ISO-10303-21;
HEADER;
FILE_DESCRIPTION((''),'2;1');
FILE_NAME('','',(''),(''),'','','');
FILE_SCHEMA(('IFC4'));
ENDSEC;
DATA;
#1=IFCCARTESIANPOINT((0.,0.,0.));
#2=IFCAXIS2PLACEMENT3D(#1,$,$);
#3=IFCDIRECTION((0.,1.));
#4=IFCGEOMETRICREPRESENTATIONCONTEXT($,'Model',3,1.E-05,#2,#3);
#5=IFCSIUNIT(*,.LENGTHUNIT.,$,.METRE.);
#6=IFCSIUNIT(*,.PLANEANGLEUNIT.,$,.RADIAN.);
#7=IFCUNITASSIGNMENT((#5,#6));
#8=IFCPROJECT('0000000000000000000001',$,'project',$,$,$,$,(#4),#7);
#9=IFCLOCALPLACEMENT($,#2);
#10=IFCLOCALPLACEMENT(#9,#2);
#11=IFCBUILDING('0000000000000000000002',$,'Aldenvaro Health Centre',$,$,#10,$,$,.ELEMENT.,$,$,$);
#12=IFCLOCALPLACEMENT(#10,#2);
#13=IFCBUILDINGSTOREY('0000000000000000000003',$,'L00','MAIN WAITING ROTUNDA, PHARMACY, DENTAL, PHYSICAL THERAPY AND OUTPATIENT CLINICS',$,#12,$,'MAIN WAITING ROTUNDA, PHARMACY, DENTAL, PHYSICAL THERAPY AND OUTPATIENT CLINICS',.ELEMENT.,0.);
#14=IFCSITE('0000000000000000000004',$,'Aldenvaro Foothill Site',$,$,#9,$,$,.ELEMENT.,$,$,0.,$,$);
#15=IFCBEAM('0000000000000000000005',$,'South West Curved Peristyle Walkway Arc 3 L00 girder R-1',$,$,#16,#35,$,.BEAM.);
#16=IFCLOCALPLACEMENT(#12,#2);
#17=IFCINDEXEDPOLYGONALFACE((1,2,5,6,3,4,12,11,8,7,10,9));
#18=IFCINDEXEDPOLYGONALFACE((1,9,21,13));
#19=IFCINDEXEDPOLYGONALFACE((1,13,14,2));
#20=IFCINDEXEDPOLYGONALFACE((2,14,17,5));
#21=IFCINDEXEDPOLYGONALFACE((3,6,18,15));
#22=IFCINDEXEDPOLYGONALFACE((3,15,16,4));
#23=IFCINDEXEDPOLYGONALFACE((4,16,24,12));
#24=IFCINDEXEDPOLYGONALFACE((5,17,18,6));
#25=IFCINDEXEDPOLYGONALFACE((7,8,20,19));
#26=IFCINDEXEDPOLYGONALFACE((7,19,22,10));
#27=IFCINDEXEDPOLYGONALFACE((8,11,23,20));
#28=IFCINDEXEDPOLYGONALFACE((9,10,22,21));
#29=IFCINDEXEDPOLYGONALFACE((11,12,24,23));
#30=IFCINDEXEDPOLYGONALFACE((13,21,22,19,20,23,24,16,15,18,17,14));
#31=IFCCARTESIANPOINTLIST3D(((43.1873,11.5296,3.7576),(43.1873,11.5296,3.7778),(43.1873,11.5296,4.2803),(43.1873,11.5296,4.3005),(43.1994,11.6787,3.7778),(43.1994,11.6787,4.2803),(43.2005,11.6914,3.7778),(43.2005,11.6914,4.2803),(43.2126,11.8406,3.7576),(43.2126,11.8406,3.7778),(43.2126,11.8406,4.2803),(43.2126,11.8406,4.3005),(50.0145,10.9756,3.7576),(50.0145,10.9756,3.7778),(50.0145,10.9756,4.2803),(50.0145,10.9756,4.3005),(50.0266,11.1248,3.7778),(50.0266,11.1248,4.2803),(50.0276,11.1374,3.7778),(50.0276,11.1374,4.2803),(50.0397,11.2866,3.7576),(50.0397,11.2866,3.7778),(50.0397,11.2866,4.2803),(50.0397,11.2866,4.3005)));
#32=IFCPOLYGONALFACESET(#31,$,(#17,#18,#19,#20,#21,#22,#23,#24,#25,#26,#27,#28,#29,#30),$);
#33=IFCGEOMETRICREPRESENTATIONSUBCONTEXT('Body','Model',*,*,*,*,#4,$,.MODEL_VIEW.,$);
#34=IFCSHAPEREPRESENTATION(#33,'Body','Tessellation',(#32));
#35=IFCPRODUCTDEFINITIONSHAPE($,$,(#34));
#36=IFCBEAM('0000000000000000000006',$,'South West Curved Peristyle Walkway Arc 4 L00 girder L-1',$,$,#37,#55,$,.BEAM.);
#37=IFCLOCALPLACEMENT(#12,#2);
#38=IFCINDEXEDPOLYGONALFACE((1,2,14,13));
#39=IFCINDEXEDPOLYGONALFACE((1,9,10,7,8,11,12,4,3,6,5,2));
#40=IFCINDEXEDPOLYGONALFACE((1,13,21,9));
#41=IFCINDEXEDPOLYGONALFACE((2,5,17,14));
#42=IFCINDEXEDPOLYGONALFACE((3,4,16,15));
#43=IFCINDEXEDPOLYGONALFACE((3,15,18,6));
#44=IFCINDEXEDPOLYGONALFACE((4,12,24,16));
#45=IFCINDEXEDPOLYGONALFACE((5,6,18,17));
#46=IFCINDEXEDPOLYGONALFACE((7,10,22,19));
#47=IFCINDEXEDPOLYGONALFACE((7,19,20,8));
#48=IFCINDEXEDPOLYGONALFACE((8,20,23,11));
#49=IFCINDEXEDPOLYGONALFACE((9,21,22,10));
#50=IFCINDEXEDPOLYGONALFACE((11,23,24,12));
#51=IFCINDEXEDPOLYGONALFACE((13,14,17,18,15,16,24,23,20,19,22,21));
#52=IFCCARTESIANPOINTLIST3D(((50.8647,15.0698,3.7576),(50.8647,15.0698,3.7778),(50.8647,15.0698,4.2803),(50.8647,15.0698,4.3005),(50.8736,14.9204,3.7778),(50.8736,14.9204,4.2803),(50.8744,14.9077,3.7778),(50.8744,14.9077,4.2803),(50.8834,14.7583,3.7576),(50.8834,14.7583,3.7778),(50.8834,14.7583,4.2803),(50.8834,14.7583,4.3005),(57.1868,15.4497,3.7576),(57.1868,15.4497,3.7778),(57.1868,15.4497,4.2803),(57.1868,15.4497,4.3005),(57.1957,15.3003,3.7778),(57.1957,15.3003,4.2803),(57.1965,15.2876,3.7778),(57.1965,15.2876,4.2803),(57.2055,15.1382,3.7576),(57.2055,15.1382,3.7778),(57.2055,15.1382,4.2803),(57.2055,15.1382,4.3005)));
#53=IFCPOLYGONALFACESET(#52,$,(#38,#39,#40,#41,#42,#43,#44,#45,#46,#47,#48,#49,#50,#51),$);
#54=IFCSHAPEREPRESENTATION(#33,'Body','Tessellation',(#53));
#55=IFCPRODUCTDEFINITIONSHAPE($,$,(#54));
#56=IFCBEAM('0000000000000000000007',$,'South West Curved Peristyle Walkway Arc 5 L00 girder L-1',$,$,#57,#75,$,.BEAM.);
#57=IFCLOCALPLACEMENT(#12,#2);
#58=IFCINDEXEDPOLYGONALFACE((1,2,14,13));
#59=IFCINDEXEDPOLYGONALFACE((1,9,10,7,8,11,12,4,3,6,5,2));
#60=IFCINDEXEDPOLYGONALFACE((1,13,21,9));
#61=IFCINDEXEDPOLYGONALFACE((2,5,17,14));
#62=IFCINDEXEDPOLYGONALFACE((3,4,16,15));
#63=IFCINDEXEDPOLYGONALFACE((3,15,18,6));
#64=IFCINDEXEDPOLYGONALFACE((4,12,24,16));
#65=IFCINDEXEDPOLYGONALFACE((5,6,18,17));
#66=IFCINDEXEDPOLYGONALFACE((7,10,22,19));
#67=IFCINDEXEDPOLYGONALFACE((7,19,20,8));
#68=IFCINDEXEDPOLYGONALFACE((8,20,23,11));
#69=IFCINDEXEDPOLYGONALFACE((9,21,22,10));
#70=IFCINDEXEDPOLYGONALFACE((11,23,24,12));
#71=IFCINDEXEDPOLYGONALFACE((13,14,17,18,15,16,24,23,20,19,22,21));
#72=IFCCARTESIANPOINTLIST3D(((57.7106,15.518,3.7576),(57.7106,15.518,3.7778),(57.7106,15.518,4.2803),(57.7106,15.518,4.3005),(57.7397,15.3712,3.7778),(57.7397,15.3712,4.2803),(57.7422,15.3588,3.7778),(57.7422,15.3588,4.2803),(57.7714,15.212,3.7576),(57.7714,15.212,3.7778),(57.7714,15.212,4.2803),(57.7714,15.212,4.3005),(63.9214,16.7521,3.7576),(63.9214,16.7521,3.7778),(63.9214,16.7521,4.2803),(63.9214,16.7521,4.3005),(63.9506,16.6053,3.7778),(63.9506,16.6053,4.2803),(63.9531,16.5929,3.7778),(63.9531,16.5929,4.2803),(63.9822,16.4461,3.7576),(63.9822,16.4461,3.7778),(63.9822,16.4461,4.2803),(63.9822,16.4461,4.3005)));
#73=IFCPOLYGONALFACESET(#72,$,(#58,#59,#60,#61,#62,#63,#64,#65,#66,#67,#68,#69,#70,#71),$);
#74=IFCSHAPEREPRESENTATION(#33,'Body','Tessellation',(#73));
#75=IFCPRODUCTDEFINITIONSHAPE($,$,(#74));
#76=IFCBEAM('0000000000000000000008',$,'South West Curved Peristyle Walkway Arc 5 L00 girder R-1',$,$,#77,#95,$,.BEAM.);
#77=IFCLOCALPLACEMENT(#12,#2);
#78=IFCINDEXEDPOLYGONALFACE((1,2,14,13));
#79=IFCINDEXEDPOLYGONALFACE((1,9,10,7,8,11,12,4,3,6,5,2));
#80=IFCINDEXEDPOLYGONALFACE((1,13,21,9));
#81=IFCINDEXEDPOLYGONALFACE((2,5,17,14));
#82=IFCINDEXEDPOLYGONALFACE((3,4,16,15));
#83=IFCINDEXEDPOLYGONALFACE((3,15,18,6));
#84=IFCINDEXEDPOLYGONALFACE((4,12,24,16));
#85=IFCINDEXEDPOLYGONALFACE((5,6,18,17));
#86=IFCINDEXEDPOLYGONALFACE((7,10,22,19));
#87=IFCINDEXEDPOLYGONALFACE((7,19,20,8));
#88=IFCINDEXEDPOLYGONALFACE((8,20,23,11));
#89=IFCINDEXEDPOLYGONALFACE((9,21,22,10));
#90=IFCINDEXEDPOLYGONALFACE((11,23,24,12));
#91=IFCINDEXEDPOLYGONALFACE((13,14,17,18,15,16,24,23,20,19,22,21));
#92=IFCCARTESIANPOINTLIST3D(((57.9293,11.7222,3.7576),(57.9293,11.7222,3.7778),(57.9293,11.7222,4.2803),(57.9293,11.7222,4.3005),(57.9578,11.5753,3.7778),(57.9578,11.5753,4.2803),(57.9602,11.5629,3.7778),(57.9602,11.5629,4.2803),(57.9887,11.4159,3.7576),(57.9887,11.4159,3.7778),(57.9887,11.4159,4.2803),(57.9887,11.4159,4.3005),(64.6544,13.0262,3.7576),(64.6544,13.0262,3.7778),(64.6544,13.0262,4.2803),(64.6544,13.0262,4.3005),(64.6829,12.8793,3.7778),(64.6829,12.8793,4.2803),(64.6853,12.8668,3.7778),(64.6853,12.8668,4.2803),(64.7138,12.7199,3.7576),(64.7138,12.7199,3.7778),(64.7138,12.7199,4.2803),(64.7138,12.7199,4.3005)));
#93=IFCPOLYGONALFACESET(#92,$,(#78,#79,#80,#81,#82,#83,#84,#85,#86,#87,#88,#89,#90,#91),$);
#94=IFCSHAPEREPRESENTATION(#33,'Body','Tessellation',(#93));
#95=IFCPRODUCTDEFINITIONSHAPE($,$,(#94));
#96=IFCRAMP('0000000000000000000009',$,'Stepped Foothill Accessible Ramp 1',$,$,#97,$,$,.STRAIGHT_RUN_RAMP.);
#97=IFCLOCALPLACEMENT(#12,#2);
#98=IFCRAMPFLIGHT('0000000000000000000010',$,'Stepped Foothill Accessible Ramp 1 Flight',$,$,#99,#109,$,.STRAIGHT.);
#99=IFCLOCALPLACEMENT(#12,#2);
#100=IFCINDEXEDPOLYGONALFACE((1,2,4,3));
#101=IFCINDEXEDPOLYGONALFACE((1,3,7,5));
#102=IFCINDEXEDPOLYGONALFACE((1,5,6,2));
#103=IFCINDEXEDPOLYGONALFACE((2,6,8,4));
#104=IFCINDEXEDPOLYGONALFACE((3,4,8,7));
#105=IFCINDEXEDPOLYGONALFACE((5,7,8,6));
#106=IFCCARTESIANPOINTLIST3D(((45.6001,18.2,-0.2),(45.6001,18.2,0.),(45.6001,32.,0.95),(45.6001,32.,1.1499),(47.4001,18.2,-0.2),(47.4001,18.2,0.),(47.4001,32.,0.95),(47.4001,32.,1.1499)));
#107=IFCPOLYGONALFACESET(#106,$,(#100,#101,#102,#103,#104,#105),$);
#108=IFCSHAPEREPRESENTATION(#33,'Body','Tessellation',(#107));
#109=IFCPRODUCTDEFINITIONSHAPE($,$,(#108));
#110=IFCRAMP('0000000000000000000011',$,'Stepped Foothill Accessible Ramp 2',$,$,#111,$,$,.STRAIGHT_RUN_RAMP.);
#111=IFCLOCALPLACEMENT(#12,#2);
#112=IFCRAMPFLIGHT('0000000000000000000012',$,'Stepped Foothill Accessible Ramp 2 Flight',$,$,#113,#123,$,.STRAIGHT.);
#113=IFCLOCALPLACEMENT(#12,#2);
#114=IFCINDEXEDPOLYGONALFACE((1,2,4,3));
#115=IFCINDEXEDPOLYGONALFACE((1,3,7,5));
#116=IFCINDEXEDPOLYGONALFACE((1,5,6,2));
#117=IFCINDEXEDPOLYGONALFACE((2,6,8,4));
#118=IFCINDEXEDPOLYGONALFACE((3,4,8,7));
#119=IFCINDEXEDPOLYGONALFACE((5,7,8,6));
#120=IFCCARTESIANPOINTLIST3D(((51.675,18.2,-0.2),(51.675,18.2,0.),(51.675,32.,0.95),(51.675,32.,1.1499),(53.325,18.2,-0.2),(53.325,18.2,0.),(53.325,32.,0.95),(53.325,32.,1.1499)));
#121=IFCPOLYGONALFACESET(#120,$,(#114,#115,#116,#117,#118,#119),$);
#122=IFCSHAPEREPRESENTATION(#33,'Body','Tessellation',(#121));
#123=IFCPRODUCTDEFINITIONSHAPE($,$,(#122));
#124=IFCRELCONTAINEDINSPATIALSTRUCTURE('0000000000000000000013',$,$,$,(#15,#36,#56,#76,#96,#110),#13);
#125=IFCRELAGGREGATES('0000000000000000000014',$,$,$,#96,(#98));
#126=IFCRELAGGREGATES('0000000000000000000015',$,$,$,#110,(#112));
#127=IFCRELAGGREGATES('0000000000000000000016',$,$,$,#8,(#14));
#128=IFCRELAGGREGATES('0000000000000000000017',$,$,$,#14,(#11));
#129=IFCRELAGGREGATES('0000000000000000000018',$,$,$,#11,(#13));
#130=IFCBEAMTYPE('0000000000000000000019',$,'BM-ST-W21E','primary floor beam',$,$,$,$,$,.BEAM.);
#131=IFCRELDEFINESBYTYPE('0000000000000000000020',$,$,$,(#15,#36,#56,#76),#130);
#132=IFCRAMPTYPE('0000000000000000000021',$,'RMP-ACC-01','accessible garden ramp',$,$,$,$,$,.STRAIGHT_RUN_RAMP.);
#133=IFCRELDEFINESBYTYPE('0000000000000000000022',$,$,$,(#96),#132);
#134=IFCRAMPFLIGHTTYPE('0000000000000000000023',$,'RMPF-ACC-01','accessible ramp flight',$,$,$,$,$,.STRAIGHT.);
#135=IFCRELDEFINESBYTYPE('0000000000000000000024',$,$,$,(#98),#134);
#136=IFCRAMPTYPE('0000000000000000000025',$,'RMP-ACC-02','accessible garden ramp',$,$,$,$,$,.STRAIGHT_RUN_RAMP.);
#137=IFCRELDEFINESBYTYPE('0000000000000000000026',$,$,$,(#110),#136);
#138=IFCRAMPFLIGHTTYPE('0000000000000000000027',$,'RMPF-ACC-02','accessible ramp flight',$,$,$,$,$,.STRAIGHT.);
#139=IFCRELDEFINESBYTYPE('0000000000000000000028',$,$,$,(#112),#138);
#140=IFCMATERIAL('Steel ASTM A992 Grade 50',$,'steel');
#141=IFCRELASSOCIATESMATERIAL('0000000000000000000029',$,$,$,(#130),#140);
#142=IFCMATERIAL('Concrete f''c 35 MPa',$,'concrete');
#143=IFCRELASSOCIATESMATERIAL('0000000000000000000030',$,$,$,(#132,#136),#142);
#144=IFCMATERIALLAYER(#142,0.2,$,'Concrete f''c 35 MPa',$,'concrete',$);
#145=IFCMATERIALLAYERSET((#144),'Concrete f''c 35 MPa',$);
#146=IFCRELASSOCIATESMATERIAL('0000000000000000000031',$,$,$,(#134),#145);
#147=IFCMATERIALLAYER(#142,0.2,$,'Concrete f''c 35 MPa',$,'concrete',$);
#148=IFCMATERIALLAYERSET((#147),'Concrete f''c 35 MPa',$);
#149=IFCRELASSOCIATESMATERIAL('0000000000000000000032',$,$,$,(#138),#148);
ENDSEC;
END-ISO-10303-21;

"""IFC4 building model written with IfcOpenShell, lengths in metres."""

from ifc_helpers import new_model, si_unit, direction, frame, origin, origin_2d, place, context, subcontext, project, spatial, polyline, i_section, outline, extrude, material, layer, layer_set, material_profile, profile_set, type_object, element, aggregate, save


model = new_model("IFC4")

# Units and contexts
model_context = context("Model", 3, precision=1e-05, world=origin(), true_north=direction((0.0, 1.0)))
body_context = subcontext(model_context, "Body", "Model", "MODEL_VIEW")
ifc_project = project(units=[si_unit("LENGTHUNIT", "METRE"), si_unit("PLANEANGLEUNIT", "RADIAN")], contexts=[model_context])

# Site, building, storey
site_placement = place(None, origin())
site = spatial("IfcSite", under=ifc_project, at=site_placement, Name="Aldenvaro Foothill Site", CompositionType="ELEMENT", RefElevation=0.0)
building_placement = place(site_placement, origin())
building = spatial("IfcBuilding", under=site, at=building_placement, Name="Aldenvaro Health Centre", CompositionType="ELEMENT")
storey_placement = place(building_placement, origin())
storey = spatial("IfcBuildingStorey", under=building, at=storey_placement, Name="L00", Description="MAIN WAITING ROTUNDA, PHARMACY, DENTAL, PHYSICAL THERAPY AND OUTPATIENT CLINICS", LongName="MAIN WAITING ROTUNDA, PHARMACY, DENTAL, PHYSICAL THERAPY AND OUTPATIENT CLINICS", CompositionType="ELEMENT", Elevation=0.0)

# Beams
ifc_material_1 = material(Name="Steel ASTM A992 Grade 50", Category="steel")
ifc_material_profile_1 = material_profile(ifc_material_1, i_section(OverallWidth=0.312, OverallDepth=0.543, WebThickness=0.0127, FlangeThickness=0.0203, at=origin_2d()), Name="W21X101", Category="steel")
ifc_profile_set_1 = profile_set([ifc_material_profile_1], Name="Steel ASTM A992 Grade 50")
beam_type_1 = type_object("IfcBeamType", Name="BM-ST-W21E", Description="primary floor beam", PredefinedType="BEAM", material=ifc_profile_set_1)
beam_1_placement = place(storey_placement, frame((43.2, 11.6851, 4.0291), z_axis=(0.996724, -0.080874, 0.0), x_axis=(0.080874, 0.996724, 0.0)))
element("IfcBeam", 1, at=beam_1_placement, inside=storey, type_object=beam_type_1, Name="South West Curved Peristyle Walkway Arc 3 L00 girder R-1", PredefinedType="BEAM", context=body_context, shape_type="SweptSolid", body=[
    extrude(i_section(OverallWidth=0.312, OverallDepth=0.543, WebThickness=0.0127, FlangeThickness=0.0203, at=origin_2d()), origin(), (0.0, 0.0, 1.0), 6.8496),
])
beam_2_placement = place(storey_placement, frame((50.874, 14.9141, 4.0291), z_axis=(0.9982, 0.059981, 0.0), x_axis=(-0.059981, 0.9982, 0.0)))
element("IfcBeam", 2, at=beam_2_placement, inside=storey, type_object=beam_type_1, Name="South West Curved Peristyle Walkway Arc 4 L00 girder L-1", PredefinedType="BEAM", context=body_context, shape_type="SweptSolid", body=[
    extrude(i_section(OverallWidth=0.312, OverallDepth=0.543, WebThickness=0.0127, FlangeThickness=0.0203, at=origin_2d()), origin(), (0.0, 0.0, 1.0), 6.3335),
])
beam_3_placement = place(storey_placement, frame((57.741, 15.365, 4.0291), z_axis=(0.980825, 0.194893, 0.0), x_axis=(-0.194893, 0.980825, 0.0)))
element("IfcBeam", 3, at=beam_3_placement, inside=storey, type_object=beam_type_1, Name="South West Curved Peristyle Walkway Arc 5 L00 girder L-1", PredefinedType="BEAM", context=body_context, shape_type="SweptSolid", body=[
    extrude(i_section(OverallWidth=0.312, OverallDepth=0.543, WebThickness=0.0127, FlangeThickness=0.0203, at=origin_2d()), origin(), (0.0, 0.0, 1.0), 6.3323),
])
beam_4_placement = place(storey_placement, frame((57.959, 11.5691, 4.0291), z_axis=(0.981717, 0.190349, 0.0), x_axis=(-0.190349, 0.981717, 0.0)))
element("IfcBeam", 4, at=beam_4_placement, inside=storey, type_object=beam_type_1, Name="South West Curved Peristyle Walkway Arc 5 L00 girder R-1", PredefinedType="BEAM", context=body_context, shape_type="SweptSolid", body=[
    extrude(i_section(OverallWidth=0.312, OverallDepth=0.543, WebThickness=0.0127, FlangeThickness=0.0203, at=origin_2d()), origin(), (0.0, 0.0, 1.0), 6.8503),
])

# Ramps, ramp flights
ifc_material_2 = material(Name="Concrete f'c 35 MPa", Category="concrete")
ramp_type_1 = type_object("IfcRampType", Name="RMP-ACC-01", Description="accessible garden ramp", PredefinedType="STRAIGHT_RUN_RAMP", material=ifc_material_2)
ramp_1_placement = place(storey_placement, origin())
ramp_1 = element("IfcRamp", 5, at=ramp_1_placement, inside=storey, type_object=ramp_type_1, Name="Stepped Foothill Accessible Ramp 1", PredefinedType="STRAIGHT_RUN_RAMP")
ifc_layer_1 = layer(ifc_material_2, 0.2, Name="Concrete f'c 35 MPa", Category="concrete")
ifc_layer_set_1 = layer_set([ifc_layer_1], Name="Concrete f'c 35 MPa")
ramp_flight_type_1 = type_object("IfcRampFlightType", Name="RMPF-ACC-01", Description="accessible ramp flight", PredefinedType="STRAIGHT", material=ifc_layer_set_1)
ramp_flight_1_placement = place(storey_placement, frame((46.5, 18.2, 0.0), z_axis=(0.0, 0.0, 1.0), x_axis=(0.0, 1.0, 0.0)))
ramp_flight_1 = element("IfcRampFlight", 6, at=ramp_flight_1_placement, type_object=ramp_flight_type_1, Name="Stepped Foothill Accessible Ramp 1 Flight", PredefinedType="STRAIGHT", context=body_context, shape_type="SweptSolid", body=[
    extrude(outline(polyline([(0.0, 0.0), (13.8, 1.1499), (13.8, 0.95), (0.0, -0.2), (0.0, 0.0)])), frame((0.0, 0.8999, 0.0), z_axis=(0.0, -1.0, 0.0), x_axis=(1.0, 0.0, 0.0)), (0.0, 0.0, 1.0), 1.8),
])
aggregate(ramp_1, [ramp_flight_1])
ramp_type_2 = type_object("IfcRampType", Name="RMP-ACC-02", Description="accessible garden ramp", PredefinedType="STRAIGHT_RUN_RAMP", material=ifc_material_2)
ramp_2_placement = place(storey_placement, origin())
ramp_2 = element("IfcRamp", 7, at=ramp_2_placement, inside=storey, type_object=ramp_type_2, Name="Stepped Foothill Accessible Ramp 2", PredefinedType="STRAIGHT_RUN_RAMP")
ifc_layer_2 = layer(ifc_material_2, 0.2, Name="Concrete f'c 35 MPa", Category="concrete")
ifc_layer_set_2 = layer_set([ifc_layer_2], Name="Concrete f'c 35 MPa")
ramp_flight_type_2 = type_object("IfcRampFlightType", Name="RMPF-ACC-02", Description="accessible ramp flight", PredefinedType="STRAIGHT", material=ifc_layer_set_2)
ramp_flight_2_placement = place(storey_placement, frame((52.5, 18.2, 0.0), z_axis=(0.0, 0.0, 1.0), x_axis=(0.0, 1.0, 0.0)))
ramp_flight_2 = element("IfcRampFlight", 8, at=ramp_flight_2_placement, type_object=ramp_flight_type_2, Name="Stepped Foothill Accessible Ramp 2 Flight", PredefinedType="STRAIGHT", context=body_context, shape_type="SweptSolid", body=[
    extrude(outline(polyline([(0.0, 0.0), (13.8, 1.1499), (13.8, 0.95), (0.0, -0.2), (0.0, 0.0)])), frame((0.0, 0.825, 0.0), z_axis=(0.0, -1.0, 0.0), x_axis=(1.0, 0.0, 0.0)), (0.0, 0.0, 1.0), 1.6499),
])
aggregate(ramp_2, [ramp_flight_2])

save(model, "model.ifc")
